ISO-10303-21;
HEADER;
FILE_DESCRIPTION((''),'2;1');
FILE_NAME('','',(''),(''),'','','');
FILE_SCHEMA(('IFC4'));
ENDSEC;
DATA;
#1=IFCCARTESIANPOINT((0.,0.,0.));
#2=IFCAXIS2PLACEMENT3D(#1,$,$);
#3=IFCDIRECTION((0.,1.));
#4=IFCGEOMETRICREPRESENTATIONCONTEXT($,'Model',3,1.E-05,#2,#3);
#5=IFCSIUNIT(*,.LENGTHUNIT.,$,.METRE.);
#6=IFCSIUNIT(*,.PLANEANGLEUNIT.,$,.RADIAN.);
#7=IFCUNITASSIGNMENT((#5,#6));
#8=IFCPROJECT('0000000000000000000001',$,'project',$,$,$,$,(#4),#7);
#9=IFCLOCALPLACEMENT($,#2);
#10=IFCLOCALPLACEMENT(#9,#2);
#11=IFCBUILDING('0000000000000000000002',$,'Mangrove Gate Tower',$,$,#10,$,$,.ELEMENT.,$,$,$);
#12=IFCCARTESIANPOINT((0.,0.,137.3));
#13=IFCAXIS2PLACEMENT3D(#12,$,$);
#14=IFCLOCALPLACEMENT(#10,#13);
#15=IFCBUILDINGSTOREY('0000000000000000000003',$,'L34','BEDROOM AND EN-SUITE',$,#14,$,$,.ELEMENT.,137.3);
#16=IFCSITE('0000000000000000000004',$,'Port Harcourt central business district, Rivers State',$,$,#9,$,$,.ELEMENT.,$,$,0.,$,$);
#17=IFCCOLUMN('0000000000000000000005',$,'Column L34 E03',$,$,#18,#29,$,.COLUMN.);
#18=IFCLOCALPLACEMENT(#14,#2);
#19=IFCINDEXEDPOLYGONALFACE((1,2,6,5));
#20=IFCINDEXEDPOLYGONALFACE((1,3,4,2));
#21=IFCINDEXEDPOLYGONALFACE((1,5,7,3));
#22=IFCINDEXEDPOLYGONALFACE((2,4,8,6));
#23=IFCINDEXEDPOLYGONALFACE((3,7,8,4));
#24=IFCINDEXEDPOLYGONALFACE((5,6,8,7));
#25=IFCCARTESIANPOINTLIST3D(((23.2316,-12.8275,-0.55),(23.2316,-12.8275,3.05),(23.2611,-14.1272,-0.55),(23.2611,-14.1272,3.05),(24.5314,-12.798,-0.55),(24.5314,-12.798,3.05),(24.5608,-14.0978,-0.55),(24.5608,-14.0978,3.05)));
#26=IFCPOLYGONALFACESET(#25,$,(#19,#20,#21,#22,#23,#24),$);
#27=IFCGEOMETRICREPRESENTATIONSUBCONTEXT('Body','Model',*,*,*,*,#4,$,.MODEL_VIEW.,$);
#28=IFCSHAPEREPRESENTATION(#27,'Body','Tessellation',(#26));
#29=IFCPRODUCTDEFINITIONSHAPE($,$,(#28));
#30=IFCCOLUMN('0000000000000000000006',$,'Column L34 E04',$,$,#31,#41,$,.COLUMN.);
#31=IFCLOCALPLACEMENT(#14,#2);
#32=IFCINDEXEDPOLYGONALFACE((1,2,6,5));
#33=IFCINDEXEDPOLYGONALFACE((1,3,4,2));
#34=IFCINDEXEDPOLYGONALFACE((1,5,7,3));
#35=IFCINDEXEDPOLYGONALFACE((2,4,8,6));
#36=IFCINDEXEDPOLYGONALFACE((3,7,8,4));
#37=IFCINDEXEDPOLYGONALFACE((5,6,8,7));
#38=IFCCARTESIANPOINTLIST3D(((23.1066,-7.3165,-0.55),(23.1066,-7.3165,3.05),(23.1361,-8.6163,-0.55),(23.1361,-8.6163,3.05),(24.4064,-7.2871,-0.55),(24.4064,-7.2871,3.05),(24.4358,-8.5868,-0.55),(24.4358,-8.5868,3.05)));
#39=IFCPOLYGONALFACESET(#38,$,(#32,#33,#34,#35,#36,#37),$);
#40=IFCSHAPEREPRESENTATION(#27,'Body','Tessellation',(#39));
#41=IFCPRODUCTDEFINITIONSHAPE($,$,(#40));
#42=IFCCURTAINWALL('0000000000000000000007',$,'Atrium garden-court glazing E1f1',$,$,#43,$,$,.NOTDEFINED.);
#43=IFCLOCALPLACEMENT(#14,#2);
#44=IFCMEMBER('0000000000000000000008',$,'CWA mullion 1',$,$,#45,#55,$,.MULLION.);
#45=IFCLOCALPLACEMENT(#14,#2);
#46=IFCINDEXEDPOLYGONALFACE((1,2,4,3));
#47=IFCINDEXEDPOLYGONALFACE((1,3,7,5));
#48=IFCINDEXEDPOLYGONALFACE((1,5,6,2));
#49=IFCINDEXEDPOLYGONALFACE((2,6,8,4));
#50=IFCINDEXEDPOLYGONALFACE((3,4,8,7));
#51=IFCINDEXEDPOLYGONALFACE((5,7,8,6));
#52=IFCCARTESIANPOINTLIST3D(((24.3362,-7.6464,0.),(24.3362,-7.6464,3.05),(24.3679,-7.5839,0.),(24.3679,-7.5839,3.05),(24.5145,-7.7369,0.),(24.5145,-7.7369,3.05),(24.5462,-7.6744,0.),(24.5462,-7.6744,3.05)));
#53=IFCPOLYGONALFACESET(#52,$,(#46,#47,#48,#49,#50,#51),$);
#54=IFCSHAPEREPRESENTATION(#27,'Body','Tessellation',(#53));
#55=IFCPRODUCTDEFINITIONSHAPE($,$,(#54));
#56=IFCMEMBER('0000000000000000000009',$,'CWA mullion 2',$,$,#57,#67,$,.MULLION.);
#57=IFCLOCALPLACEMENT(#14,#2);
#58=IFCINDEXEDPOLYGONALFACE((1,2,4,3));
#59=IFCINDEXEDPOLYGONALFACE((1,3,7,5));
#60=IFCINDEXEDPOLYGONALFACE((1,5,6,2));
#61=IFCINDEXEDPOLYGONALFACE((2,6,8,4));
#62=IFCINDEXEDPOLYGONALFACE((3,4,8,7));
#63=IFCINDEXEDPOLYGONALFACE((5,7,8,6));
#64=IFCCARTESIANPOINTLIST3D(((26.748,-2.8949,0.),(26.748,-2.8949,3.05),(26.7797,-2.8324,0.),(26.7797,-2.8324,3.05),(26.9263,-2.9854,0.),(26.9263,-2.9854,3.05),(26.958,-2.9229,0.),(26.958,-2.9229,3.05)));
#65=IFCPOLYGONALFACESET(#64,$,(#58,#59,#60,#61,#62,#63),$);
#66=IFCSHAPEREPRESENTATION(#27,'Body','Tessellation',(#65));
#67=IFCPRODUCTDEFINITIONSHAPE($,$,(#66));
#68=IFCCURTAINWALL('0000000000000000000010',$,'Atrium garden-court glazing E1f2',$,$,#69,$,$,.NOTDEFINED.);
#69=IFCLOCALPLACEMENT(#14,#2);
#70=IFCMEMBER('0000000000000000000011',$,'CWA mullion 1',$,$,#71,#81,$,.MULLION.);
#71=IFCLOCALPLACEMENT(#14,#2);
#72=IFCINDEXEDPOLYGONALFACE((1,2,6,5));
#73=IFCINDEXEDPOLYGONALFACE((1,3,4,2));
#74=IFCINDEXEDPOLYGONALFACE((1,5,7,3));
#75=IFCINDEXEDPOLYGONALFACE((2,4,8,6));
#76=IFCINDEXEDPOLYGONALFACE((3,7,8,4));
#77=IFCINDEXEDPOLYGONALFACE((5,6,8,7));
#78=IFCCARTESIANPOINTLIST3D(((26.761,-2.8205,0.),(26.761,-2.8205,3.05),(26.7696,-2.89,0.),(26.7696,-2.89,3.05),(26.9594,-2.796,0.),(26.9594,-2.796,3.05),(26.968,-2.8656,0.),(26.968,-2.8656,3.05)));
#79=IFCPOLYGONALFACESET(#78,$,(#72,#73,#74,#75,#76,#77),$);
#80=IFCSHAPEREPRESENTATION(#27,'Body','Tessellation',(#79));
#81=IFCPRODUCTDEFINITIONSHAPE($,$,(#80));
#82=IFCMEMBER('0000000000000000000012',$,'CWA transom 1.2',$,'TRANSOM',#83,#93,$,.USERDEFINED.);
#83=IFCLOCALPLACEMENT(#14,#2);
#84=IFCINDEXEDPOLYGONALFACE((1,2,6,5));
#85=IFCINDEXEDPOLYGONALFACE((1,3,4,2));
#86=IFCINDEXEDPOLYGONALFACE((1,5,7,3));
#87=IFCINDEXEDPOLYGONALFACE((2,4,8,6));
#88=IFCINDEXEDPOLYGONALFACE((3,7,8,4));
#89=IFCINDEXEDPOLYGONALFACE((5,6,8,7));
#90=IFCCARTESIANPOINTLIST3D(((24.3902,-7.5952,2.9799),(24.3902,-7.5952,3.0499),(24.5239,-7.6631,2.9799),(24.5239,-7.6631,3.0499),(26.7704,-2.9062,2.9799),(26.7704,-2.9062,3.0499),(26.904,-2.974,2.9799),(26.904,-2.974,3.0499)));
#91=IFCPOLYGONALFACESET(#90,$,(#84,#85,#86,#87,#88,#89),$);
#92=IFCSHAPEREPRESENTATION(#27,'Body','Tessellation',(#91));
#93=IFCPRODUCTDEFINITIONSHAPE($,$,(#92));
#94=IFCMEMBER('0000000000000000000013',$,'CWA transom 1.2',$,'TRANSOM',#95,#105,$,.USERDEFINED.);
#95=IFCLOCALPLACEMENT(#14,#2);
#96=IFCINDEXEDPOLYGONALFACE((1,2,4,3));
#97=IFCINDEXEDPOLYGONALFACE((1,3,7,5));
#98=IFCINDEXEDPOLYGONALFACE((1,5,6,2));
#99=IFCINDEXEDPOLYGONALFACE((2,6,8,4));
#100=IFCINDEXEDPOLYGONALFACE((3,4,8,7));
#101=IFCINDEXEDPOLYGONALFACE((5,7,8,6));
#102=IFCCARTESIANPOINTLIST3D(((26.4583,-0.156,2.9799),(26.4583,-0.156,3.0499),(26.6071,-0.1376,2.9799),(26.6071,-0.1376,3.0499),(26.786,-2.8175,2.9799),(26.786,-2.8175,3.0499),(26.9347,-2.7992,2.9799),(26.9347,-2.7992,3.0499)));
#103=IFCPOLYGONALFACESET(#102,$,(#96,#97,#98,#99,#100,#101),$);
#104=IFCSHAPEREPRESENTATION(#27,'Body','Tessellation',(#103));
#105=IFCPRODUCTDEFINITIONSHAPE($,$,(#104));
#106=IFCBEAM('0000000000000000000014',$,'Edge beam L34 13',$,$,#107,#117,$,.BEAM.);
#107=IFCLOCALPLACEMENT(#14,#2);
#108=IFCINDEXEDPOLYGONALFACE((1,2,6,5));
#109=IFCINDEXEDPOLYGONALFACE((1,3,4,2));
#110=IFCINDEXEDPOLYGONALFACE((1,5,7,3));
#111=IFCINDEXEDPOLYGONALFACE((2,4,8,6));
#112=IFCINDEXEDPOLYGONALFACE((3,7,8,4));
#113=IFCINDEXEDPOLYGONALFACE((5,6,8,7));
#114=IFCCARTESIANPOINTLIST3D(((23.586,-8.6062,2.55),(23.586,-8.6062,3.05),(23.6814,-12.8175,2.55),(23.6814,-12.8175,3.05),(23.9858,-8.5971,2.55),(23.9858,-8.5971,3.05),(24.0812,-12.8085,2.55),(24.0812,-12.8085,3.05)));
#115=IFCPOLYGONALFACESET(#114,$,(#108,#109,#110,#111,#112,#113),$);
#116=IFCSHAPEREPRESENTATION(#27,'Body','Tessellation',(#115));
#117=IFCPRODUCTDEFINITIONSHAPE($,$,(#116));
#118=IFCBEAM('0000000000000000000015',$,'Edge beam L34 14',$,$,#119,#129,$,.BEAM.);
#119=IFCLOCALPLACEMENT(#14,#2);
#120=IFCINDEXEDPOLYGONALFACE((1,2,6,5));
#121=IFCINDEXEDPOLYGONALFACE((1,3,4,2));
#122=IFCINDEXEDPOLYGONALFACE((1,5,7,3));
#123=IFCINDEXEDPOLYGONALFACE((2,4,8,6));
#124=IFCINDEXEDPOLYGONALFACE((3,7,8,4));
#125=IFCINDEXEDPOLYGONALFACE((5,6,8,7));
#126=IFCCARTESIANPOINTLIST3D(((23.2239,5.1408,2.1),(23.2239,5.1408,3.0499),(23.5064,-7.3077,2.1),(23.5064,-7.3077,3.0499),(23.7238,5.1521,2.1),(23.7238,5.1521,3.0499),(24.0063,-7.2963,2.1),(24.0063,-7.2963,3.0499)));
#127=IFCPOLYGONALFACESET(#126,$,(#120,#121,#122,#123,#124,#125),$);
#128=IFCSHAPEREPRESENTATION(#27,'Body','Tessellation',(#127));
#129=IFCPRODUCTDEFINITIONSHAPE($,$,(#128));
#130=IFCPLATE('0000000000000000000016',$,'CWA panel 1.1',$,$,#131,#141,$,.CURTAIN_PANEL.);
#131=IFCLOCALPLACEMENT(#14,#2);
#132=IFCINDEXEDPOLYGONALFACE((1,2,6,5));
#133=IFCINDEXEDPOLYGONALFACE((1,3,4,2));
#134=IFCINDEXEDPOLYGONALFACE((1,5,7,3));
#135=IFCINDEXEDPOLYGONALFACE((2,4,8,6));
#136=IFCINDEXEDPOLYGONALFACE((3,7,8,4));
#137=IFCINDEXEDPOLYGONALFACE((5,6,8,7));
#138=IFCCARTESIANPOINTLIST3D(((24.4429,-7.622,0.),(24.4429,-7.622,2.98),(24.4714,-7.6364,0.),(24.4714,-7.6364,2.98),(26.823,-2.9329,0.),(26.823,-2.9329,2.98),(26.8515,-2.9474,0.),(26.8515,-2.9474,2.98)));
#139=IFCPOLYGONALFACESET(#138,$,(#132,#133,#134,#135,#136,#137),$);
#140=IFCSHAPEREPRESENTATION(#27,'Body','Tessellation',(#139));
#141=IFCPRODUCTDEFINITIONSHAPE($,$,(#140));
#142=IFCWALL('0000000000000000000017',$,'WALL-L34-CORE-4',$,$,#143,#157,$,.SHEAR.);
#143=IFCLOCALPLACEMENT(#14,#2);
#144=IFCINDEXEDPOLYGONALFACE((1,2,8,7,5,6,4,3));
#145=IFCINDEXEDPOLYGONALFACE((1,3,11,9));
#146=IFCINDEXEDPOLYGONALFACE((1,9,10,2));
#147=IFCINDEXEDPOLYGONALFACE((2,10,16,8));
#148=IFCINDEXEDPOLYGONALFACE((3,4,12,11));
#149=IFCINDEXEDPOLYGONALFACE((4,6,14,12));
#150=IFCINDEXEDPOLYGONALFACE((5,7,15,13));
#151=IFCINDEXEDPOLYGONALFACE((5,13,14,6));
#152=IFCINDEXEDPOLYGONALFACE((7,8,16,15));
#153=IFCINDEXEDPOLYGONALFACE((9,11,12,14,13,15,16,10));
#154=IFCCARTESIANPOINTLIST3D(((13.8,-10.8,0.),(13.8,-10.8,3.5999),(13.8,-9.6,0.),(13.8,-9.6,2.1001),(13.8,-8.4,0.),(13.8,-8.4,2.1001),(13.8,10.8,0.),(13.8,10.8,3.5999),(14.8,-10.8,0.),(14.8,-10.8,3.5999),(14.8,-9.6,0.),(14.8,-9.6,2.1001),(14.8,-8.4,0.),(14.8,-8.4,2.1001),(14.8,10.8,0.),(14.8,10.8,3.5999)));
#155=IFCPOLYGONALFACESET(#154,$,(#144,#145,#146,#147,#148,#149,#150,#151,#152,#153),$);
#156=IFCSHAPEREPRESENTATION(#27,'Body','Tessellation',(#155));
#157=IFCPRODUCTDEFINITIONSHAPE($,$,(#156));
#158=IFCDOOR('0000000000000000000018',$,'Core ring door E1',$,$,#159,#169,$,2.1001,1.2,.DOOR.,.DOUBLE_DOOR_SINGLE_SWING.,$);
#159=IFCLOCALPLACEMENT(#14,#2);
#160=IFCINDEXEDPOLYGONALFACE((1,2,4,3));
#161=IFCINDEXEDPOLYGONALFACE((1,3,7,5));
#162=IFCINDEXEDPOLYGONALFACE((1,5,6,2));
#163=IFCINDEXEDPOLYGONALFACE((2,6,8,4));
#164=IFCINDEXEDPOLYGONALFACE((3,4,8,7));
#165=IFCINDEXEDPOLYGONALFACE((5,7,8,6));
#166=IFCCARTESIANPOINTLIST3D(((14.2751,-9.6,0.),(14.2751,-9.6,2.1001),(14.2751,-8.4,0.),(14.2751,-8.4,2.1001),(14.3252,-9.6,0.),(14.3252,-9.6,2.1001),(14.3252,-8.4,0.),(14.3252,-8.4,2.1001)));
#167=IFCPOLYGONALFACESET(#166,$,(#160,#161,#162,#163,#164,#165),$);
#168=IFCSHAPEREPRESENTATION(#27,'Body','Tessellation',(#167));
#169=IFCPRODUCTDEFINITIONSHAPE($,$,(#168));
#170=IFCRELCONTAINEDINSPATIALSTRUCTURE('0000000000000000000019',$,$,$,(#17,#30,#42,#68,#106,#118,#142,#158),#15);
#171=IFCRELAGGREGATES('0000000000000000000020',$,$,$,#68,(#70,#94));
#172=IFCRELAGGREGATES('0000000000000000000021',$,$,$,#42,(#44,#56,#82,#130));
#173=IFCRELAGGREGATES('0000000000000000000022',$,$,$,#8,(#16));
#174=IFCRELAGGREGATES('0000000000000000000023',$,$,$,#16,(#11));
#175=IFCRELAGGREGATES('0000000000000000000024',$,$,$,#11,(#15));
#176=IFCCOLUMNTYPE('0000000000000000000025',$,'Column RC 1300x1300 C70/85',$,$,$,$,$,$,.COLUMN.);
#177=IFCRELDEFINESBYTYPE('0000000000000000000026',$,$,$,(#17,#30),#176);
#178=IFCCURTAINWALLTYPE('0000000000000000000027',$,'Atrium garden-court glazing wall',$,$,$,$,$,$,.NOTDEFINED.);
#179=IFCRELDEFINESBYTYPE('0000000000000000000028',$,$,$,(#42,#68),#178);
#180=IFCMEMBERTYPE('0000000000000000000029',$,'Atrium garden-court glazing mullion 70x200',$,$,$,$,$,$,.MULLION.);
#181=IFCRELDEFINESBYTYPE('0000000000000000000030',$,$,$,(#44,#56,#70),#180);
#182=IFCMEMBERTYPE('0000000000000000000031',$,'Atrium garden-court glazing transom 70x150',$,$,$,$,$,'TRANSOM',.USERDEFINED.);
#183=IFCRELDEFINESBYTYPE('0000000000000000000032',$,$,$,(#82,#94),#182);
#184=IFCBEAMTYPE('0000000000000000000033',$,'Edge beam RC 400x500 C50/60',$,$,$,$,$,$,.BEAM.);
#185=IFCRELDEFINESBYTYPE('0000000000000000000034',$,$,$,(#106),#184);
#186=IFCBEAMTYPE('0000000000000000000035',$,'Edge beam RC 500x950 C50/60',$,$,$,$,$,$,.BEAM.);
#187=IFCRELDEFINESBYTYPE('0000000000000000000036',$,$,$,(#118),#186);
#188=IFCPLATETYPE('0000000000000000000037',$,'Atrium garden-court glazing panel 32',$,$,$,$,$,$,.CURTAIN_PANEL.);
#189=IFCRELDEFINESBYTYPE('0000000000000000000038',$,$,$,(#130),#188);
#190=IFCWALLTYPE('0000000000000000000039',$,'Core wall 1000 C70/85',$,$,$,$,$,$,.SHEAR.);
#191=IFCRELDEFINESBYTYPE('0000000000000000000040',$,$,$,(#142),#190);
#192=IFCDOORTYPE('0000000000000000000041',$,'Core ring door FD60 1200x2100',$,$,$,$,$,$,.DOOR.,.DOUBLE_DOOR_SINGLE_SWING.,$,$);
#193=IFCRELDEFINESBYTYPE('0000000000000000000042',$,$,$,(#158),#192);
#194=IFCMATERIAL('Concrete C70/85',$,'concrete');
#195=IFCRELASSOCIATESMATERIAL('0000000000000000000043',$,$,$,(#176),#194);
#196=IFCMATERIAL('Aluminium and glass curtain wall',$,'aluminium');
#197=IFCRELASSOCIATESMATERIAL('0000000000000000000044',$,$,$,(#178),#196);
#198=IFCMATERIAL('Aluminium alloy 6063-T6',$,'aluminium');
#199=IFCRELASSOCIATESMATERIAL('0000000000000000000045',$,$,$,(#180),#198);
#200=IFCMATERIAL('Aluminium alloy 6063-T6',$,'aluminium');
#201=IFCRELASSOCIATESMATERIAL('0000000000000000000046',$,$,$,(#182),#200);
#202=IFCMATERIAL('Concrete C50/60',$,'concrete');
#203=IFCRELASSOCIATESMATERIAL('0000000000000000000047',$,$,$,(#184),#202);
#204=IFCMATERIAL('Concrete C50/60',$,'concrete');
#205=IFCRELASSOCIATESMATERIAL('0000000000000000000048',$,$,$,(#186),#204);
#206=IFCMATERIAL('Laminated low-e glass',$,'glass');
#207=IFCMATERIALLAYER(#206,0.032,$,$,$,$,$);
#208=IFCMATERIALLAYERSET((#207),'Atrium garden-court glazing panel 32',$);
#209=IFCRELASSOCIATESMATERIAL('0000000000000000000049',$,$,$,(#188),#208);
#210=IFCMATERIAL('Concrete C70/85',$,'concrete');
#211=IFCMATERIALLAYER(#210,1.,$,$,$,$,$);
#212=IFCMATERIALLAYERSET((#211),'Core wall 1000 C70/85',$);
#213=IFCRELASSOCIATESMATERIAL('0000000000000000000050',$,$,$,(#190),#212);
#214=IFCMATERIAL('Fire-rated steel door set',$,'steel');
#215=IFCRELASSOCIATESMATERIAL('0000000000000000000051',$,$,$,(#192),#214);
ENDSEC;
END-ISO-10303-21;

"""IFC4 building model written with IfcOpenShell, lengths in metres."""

from ifc_helpers import new_model, si_unit, direction, frame, frame_2d, origin, origin_2d, place, context, subcontext, project, spatial, rectangle, extrude, material, layer, layer_set, material_profile, profile_set, type_object, element, fill, aggregate, save


model = new_model("IFC4")

# Units and contexts
model_context = context("Model", 3, precision=1e-05, world=origin(), true_north=direction((0.0, 1.0)))
body_context = subcontext(model_context, "Body", "Model", "MODEL_VIEW")
ifc_project = project(units=[si_unit("LENGTHUNIT", "METRE"), si_unit("PLANEANGLEUNIT", "RADIAN")], contexts=[model_context])

# Site, building, storey
site_placement = place(None, origin())
site = spatial("IfcSite", under=ifc_project, at=site_placement, Name="Port Harcourt central business district, Rivers State", CompositionType="ELEMENT", RefElevation=0.0)
building_placement = place(site_placement, origin())
building = spatial("IfcBuilding", under=site, at=building_placement, Name="Mangrove Gate Tower", CompositionType="ELEMENT")
storey_placement = place(building_placement, frame((0.0, 0.0, 137.3)))
storey = spatial("IfcBuildingStorey", under=building, at=storey_placement, Name="L34", Description="BEDROOM AND EN-SUITE", CompositionType="ELEMENT", Elevation=137.3)

# Columns
ifc_material_1 = material(Name="Concrete C70/85", Category="concrete")
ifc_material_profile_1 = material_profile(ifc_material_1, rectangle(XDim=1.3, YDim=1.3, at=origin_2d()))
ifc_profile_set_1 = profile_set([ifc_material_profile_1], Name="Concrete C70/85")
column_type = type_object("IfcColumnType", Name="Column RC 1300x1300 C70/85", PredefinedType="COLUMN", material=ifc_profile_set_1)
for number, where, z_axis, x_axis, name in (
    (1, (23.8962, -13.4626, -0.55), (0.0, 0.0, 1.0), (-0.022678, 0.999743, 0.0), "Column L34 E03"),
    (2, (23.7712, -7.9517, -0.55), (0.0, 0.0, 1.0), (-0.022685, 0.999743, 0.0), "Column L34 E04"),
):
    element("IfcColumn", number, at=place(storey_placement, frame(where, z_axis=z_axis, x_axis=x_axis)), inside=storey, type_object=column_type, Name=name, PredefinedType="COLUMN", context=body_context, shape_type="SweptSolid", body=[
        extrude(rectangle(XDim=1.3, YDim=1.3, at=origin_2d()), origin(), (0.0, 0.0, 1.0), 3.6001),
    ])

# Curtain wall, members
ifc_material_2 = material(Name="Aluminium and glass curtain wall", Category="aluminium")
curtain_wall_type = type_object("IfcCurtainWallType", Name="Atrium garden-court glazing wall", PredefinedType="NOTDEFINED", material=ifc_material_2)
curtain_wall_1_placement = place(storey_placement, origin())
curtain_wall_1 = element("IfcCurtainWall", 3, at=curtain_wall_1_placement, inside=storey, type_object=curtain_wall_type, Name="Atrium garden-court glazing E1f1", PredefinedType="NOTDEFINED")
ifc_material_3 = material(Name="Aluminium alloy 6063-T6", Category="aluminium")
ifc_material_profile_2 = material_profile(ifc_material_3, rectangle(XDim=0.0701, YDim=0.2, at=origin_2d()))
ifc_profile_set_2 = profile_set([ifc_material_profile_2], Name="Aluminium alloy 6063-T6")
member_type_1 = type_object("IfcMemberType", Name="Atrium garden-court glazing mullion 70x200", PredefinedType="MULLION", material=ifc_profile_set_2)
member_1_placement = place(storey_placement, frame((24.4412, -7.6604, 0.0), z_axis=(0.0, 0.0, 1.0), x_axis=(0.452615, 0.891706, 0.0)))
member_1 = element("IfcMember", 4, at=member_1_placement, type_object=member_type_1, Name="CWA mullion 1", PredefinedType="MULLION", context=body_context, shape_type="SweptSolid", body=[
    extrude(rectangle(XDim=0.0701, YDim=0.2, at=origin_2d()), origin(), (0.0, 0.0, 1.0), 3.05),
])
member_2_placement = place(storey_placement, frame((26.853, -2.9089, 0.0), z_axis=(0.0, 0.0, 1.0), x_axis=(0.452615, 0.891706, 0.0)))
member_2 = element("IfcMember", 5, at=member_2_placement, type_object=member_type_1, Name="CWA mullion 2", PredefinedType="MULLION", context=body_context, shape_type="SweptSolid", body=[
    extrude(rectangle(XDim=0.0701, YDim=0.2, at=origin_2d()), origin(), (0.0, 0.0, 1.0), 3.05),
])

# Curtain wall, member
curtain_wall_2_placement = place(storey_placement, origin())
curtain_wall_2 = element("IfcCurtainWall", 6, at=curtain_wall_2_placement, inside=storey, type_object=curtain_wall_type, Name="Atrium garden-court glazing E1f2", PredefinedType="NOTDEFINED")
member_3_placement = place(storey_placement, frame((26.8645, -2.843, 0.0), z_axis=(0.0, 0.0, 1.0), x_axis=(-0.122172, 0.992509, 0.0)))
member_3 = element("IfcMember", 7, at=member_3_placement, type_object=member_type_1, Name="CWA mullion 1", PredefinedType="MULLION", context=body_context, shape_type="SweptSolid", body=[
    extrude(rectangle(XDim=0.0701, YDim=0.2, at=origin_2d()), origin(), (0.0, 0.0, 1.0), 3.05),
])

# Members
ifc_material_4 = material(Name="Aluminium alloy 6063-T6", Category="aluminium")
ifc_material_profile_3 = material_profile(ifc_material_4, rectangle(XDim=0.0701, YDim=0.1499, at=origin_2d()))
ifc_profile_set_3 = profile_set([ifc_material_profile_3], Name="Aluminium alloy 6063-T6")
member_type_2 = type_object("IfcMemberType", Name="Atrium garden-court glazing transom 70x150", ElementType="TRANSOM", PredefinedType="USERDEFINED", material=ifc_profile_set_3)
member_4_placement = place(storey_placement, frame((24.457, -7.6292, 3.0149), z_axis=(0.452628, 0.891699, 0.0), x_axis=(0.0, 0.0, 1.0)))
member_4 = element("IfcMember", 8, at=member_4_placement, type_object=member_type_2, Name="CWA transom 1.2", ObjectType="TRANSOM", PredefinedType="USERDEFINED", context=body_context, shape_type="SweptSolid", body=[
    extrude(rectangle(XDim=0.0701, YDim=0.1499, at=origin_2d()), origin(), (0.0, 0.0, 1.0), 5.2585),
])
member_5_placement = place(storey_placement, frame((26.8604, -2.8083, 3.0149), z_axis=(-0.122175, 0.992509, 0.0), x_axis=(0.0, 0.0, 1.0)))
member_5 = element("IfcMember", 9, at=member_5_placement, type_object=member_type_2, Name="CWA transom 1.2", ObjectType="TRANSOM", PredefinedType="USERDEFINED", context=body_context, shape_type="SweptSolid", body=[
    extrude(rectangle(XDim=0.0701, YDim=0.1499, at=origin_2d()), origin(), (0.0, 0.0, 1.0), 2.6816),
])
aggregate(curtain_wall_2, [member_3, member_5])

# Beams
ifc_material_5 = material(Name="Concrete C50/60", Category="concrete")
ifc_material_profile_4 = material_profile(ifc_material_5, rectangle(XDim=0.3999, YDim=0.5, at=origin_2d()))
ifc_profile_set_4 = profile_set([ifc_material_profile_4], Name="Concrete C50/60")
beam_type_1 = type_object("IfcBeamType", Name="Edge beam RC 400x500 C50/60", PredefinedType="BEAM", material=ifc_profile_set_4)
beam_1_placement = place(storey_placement, frame((23.8813, -12.813, 2.8), z_axis=(-0.022661, 0.999743, 0.0), x_axis=(-0.999743, -0.022661, 0.0)))
element("IfcBeam", 10, at=beam_1_placement, inside=storey, type_object=beam_type_1, Name="Edge beam L34 13", PredefinedType="BEAM", context=body_context, shape_type="SweptSolid", body=[
    extrude(rectangle(XDim=0.3999, YDim=0.5, at=origin_2d()), origin(), (0.0, 0.0, 1.0), 4.2124),
])
ifc_material_6 = material(Name="Concrete C50/60", Category="concrete")
ifc_material_profile_5 = material_profile(ifc_material_6, rectangle(XDim=0.5, YDim=0.95, at=origin_2d()))
ifc_profile_set_5 = profile_set([ifc_material_profile_5], Name="Concrete C50/60")
beam_type_2 = type_object("IfcBeamType", Name="Edge beam RC 500x950 C50/60", PredefinedType="BEAM", material=ifc_profile_set_5)
beam_2_placement = place(storey_placement, frame((23.7563, -7.302, 2.575), z_axis=(-0.022685, 0.999743, 0.0), x_axis=(-0.999743, -0.022685, 0.0)))
element("IfcBeam", 11, at=beam_2_placement, inside=storey, type_object=beam_type_2, Name="Edge beam L34 14", PredefinedType="BEAM", context=body_context, shape_type="SweptSolid", body=[
    extrude(rectangle(XDim=0.5, YDim=0.95, at=origin_2d()), origin(), (0.0, 0.0, 1.0), 12.4517),
])

# Plate
ifc_material_7 = material(Name="Laminated low-e glass", Category="glass")
ifc_layer_1 = layer(ifc_material_7, 0.032)
ifc_layer_set_1 = layer_set([ifc_layer_1], Name="Atrium garden-court glazing panel 32")
plate_type = type_object("IfcPlateType", Name="Atrium garden-court glazing panel 32", PredefinedType="CURTAIN_PANEL", material=ifc_layer_set_1)
plate_placement = place(storey_placement, frame((25.6472, -5.2847, 0.0), z_axis=(0.0, 0.0, 1.0), x_axis=(0.452615, 0.891706, 0.0)))
plate = element("IfcPlate", 12, at=plate_placement, type_object=plate_type, Name="CWA panel 1.1", PredefinedType="CURTAIN_PANEL", context=body_context, shape_type="SweptSolid", body=[
    extrude(rectangle(XDim=5.2585, YDim=0.032, at=origin_2d()), origin(), (0.0, 0.0, 1.0), 2.98),
])
aggregate(curtain_wall_1, [member_1, member_2, member_4, plate])

# Wall, opening, door
ifc_material_8 = material(Name="Concrete C70/85", Category="concrete")
ifc_layer_2 = layer(ifc_material_8, 1.0)
ifc_layer_set_2 = layer_set([ifc_layer_2], Name="Core wall 1000 C70/85")
wall_type_1 = type_object("IfcWallType", Name="Core wall 1000 C70/85", PredefinedType="SHEAR", material=ifc_layer_set_2)
wall_1_placement = place(storey_placement, frame((14.3, -10.8, 0.0), z_axis=(0.0, 0.0, 1.0), x_axis=(0.0, 1.0, 0.0)))
wall_1 = element("IfcWall", 13, at=wall_1_placement, inside=storey, type_object=wall_type_1, Name="WALL-L34-CORE-4", PredefinedType="SHEAR", context=body_context, shape_type="SweptSolid", body=[
    extrude(rectangle(XDim=21.6001, YDim=1.0, at=frame_2d((10.8, 0.0))), origin(), (0.0, 0.0, 1.0), 3.5999),
])
opening_1_placement = place(wall_1_placement, frame((1.2, 0.0, 0.0)))
opening_1 = element("IfcOpeningElement", 14, at=opening_1_placement, cuts=wall_1, PredefinedType="OPENING", context=body_context, shape_type="SweptSolid", body=[
    extrude(rectangle(XDim=1.2, YDim=2.1001, at=frame_2d((0.6001, 1.05))), frame((0.0, 0.51, 0.0), z_axis=(0.0, -1.0, 0.0), x_axis=(1.0, 0.0, 0.0)), (0.0, 0.0, 1.0), 1.02),
])
ifc_material_9 = material(Name="Fire-rated steel door set", Category="steel")
door_type_1 = type_object("IfcDoorType", Name="Core ring door FD60 1200x2100", OperationType="DOUBLE_DOOR_SINGLE_SWING", PredefinedType="DOOR", material=ifc_material_9)
door_1_placement = place(opening_1_placement, origin())
door_1 = element("IfcDoor", 15, at=door_1_placement, inside=storey, type_object=door_type_1, Name="Core ring door E1", OperationType="DOUBLE_DOOR_SINGLE_SWING", OverallHeight=2.1001, OverallWidth=1.2, PredefinedType="DOOR", context=body_context, shape_type="SweptSolid", body=[
    extrude(rectangle(XDim=1.2, YDim=2.1001, at=frame_2d((0.6001, 1.05))), frame((0.0, 0.0249, 0.0), z_axis=(0.0, -1.0, 0.0), x_axis=(1.0, 0.0, 0.0)), (0.0, 0.0, 1.0), 0.05),
])
fill(opening_1, door_1)

save(model, "model.ifc")
